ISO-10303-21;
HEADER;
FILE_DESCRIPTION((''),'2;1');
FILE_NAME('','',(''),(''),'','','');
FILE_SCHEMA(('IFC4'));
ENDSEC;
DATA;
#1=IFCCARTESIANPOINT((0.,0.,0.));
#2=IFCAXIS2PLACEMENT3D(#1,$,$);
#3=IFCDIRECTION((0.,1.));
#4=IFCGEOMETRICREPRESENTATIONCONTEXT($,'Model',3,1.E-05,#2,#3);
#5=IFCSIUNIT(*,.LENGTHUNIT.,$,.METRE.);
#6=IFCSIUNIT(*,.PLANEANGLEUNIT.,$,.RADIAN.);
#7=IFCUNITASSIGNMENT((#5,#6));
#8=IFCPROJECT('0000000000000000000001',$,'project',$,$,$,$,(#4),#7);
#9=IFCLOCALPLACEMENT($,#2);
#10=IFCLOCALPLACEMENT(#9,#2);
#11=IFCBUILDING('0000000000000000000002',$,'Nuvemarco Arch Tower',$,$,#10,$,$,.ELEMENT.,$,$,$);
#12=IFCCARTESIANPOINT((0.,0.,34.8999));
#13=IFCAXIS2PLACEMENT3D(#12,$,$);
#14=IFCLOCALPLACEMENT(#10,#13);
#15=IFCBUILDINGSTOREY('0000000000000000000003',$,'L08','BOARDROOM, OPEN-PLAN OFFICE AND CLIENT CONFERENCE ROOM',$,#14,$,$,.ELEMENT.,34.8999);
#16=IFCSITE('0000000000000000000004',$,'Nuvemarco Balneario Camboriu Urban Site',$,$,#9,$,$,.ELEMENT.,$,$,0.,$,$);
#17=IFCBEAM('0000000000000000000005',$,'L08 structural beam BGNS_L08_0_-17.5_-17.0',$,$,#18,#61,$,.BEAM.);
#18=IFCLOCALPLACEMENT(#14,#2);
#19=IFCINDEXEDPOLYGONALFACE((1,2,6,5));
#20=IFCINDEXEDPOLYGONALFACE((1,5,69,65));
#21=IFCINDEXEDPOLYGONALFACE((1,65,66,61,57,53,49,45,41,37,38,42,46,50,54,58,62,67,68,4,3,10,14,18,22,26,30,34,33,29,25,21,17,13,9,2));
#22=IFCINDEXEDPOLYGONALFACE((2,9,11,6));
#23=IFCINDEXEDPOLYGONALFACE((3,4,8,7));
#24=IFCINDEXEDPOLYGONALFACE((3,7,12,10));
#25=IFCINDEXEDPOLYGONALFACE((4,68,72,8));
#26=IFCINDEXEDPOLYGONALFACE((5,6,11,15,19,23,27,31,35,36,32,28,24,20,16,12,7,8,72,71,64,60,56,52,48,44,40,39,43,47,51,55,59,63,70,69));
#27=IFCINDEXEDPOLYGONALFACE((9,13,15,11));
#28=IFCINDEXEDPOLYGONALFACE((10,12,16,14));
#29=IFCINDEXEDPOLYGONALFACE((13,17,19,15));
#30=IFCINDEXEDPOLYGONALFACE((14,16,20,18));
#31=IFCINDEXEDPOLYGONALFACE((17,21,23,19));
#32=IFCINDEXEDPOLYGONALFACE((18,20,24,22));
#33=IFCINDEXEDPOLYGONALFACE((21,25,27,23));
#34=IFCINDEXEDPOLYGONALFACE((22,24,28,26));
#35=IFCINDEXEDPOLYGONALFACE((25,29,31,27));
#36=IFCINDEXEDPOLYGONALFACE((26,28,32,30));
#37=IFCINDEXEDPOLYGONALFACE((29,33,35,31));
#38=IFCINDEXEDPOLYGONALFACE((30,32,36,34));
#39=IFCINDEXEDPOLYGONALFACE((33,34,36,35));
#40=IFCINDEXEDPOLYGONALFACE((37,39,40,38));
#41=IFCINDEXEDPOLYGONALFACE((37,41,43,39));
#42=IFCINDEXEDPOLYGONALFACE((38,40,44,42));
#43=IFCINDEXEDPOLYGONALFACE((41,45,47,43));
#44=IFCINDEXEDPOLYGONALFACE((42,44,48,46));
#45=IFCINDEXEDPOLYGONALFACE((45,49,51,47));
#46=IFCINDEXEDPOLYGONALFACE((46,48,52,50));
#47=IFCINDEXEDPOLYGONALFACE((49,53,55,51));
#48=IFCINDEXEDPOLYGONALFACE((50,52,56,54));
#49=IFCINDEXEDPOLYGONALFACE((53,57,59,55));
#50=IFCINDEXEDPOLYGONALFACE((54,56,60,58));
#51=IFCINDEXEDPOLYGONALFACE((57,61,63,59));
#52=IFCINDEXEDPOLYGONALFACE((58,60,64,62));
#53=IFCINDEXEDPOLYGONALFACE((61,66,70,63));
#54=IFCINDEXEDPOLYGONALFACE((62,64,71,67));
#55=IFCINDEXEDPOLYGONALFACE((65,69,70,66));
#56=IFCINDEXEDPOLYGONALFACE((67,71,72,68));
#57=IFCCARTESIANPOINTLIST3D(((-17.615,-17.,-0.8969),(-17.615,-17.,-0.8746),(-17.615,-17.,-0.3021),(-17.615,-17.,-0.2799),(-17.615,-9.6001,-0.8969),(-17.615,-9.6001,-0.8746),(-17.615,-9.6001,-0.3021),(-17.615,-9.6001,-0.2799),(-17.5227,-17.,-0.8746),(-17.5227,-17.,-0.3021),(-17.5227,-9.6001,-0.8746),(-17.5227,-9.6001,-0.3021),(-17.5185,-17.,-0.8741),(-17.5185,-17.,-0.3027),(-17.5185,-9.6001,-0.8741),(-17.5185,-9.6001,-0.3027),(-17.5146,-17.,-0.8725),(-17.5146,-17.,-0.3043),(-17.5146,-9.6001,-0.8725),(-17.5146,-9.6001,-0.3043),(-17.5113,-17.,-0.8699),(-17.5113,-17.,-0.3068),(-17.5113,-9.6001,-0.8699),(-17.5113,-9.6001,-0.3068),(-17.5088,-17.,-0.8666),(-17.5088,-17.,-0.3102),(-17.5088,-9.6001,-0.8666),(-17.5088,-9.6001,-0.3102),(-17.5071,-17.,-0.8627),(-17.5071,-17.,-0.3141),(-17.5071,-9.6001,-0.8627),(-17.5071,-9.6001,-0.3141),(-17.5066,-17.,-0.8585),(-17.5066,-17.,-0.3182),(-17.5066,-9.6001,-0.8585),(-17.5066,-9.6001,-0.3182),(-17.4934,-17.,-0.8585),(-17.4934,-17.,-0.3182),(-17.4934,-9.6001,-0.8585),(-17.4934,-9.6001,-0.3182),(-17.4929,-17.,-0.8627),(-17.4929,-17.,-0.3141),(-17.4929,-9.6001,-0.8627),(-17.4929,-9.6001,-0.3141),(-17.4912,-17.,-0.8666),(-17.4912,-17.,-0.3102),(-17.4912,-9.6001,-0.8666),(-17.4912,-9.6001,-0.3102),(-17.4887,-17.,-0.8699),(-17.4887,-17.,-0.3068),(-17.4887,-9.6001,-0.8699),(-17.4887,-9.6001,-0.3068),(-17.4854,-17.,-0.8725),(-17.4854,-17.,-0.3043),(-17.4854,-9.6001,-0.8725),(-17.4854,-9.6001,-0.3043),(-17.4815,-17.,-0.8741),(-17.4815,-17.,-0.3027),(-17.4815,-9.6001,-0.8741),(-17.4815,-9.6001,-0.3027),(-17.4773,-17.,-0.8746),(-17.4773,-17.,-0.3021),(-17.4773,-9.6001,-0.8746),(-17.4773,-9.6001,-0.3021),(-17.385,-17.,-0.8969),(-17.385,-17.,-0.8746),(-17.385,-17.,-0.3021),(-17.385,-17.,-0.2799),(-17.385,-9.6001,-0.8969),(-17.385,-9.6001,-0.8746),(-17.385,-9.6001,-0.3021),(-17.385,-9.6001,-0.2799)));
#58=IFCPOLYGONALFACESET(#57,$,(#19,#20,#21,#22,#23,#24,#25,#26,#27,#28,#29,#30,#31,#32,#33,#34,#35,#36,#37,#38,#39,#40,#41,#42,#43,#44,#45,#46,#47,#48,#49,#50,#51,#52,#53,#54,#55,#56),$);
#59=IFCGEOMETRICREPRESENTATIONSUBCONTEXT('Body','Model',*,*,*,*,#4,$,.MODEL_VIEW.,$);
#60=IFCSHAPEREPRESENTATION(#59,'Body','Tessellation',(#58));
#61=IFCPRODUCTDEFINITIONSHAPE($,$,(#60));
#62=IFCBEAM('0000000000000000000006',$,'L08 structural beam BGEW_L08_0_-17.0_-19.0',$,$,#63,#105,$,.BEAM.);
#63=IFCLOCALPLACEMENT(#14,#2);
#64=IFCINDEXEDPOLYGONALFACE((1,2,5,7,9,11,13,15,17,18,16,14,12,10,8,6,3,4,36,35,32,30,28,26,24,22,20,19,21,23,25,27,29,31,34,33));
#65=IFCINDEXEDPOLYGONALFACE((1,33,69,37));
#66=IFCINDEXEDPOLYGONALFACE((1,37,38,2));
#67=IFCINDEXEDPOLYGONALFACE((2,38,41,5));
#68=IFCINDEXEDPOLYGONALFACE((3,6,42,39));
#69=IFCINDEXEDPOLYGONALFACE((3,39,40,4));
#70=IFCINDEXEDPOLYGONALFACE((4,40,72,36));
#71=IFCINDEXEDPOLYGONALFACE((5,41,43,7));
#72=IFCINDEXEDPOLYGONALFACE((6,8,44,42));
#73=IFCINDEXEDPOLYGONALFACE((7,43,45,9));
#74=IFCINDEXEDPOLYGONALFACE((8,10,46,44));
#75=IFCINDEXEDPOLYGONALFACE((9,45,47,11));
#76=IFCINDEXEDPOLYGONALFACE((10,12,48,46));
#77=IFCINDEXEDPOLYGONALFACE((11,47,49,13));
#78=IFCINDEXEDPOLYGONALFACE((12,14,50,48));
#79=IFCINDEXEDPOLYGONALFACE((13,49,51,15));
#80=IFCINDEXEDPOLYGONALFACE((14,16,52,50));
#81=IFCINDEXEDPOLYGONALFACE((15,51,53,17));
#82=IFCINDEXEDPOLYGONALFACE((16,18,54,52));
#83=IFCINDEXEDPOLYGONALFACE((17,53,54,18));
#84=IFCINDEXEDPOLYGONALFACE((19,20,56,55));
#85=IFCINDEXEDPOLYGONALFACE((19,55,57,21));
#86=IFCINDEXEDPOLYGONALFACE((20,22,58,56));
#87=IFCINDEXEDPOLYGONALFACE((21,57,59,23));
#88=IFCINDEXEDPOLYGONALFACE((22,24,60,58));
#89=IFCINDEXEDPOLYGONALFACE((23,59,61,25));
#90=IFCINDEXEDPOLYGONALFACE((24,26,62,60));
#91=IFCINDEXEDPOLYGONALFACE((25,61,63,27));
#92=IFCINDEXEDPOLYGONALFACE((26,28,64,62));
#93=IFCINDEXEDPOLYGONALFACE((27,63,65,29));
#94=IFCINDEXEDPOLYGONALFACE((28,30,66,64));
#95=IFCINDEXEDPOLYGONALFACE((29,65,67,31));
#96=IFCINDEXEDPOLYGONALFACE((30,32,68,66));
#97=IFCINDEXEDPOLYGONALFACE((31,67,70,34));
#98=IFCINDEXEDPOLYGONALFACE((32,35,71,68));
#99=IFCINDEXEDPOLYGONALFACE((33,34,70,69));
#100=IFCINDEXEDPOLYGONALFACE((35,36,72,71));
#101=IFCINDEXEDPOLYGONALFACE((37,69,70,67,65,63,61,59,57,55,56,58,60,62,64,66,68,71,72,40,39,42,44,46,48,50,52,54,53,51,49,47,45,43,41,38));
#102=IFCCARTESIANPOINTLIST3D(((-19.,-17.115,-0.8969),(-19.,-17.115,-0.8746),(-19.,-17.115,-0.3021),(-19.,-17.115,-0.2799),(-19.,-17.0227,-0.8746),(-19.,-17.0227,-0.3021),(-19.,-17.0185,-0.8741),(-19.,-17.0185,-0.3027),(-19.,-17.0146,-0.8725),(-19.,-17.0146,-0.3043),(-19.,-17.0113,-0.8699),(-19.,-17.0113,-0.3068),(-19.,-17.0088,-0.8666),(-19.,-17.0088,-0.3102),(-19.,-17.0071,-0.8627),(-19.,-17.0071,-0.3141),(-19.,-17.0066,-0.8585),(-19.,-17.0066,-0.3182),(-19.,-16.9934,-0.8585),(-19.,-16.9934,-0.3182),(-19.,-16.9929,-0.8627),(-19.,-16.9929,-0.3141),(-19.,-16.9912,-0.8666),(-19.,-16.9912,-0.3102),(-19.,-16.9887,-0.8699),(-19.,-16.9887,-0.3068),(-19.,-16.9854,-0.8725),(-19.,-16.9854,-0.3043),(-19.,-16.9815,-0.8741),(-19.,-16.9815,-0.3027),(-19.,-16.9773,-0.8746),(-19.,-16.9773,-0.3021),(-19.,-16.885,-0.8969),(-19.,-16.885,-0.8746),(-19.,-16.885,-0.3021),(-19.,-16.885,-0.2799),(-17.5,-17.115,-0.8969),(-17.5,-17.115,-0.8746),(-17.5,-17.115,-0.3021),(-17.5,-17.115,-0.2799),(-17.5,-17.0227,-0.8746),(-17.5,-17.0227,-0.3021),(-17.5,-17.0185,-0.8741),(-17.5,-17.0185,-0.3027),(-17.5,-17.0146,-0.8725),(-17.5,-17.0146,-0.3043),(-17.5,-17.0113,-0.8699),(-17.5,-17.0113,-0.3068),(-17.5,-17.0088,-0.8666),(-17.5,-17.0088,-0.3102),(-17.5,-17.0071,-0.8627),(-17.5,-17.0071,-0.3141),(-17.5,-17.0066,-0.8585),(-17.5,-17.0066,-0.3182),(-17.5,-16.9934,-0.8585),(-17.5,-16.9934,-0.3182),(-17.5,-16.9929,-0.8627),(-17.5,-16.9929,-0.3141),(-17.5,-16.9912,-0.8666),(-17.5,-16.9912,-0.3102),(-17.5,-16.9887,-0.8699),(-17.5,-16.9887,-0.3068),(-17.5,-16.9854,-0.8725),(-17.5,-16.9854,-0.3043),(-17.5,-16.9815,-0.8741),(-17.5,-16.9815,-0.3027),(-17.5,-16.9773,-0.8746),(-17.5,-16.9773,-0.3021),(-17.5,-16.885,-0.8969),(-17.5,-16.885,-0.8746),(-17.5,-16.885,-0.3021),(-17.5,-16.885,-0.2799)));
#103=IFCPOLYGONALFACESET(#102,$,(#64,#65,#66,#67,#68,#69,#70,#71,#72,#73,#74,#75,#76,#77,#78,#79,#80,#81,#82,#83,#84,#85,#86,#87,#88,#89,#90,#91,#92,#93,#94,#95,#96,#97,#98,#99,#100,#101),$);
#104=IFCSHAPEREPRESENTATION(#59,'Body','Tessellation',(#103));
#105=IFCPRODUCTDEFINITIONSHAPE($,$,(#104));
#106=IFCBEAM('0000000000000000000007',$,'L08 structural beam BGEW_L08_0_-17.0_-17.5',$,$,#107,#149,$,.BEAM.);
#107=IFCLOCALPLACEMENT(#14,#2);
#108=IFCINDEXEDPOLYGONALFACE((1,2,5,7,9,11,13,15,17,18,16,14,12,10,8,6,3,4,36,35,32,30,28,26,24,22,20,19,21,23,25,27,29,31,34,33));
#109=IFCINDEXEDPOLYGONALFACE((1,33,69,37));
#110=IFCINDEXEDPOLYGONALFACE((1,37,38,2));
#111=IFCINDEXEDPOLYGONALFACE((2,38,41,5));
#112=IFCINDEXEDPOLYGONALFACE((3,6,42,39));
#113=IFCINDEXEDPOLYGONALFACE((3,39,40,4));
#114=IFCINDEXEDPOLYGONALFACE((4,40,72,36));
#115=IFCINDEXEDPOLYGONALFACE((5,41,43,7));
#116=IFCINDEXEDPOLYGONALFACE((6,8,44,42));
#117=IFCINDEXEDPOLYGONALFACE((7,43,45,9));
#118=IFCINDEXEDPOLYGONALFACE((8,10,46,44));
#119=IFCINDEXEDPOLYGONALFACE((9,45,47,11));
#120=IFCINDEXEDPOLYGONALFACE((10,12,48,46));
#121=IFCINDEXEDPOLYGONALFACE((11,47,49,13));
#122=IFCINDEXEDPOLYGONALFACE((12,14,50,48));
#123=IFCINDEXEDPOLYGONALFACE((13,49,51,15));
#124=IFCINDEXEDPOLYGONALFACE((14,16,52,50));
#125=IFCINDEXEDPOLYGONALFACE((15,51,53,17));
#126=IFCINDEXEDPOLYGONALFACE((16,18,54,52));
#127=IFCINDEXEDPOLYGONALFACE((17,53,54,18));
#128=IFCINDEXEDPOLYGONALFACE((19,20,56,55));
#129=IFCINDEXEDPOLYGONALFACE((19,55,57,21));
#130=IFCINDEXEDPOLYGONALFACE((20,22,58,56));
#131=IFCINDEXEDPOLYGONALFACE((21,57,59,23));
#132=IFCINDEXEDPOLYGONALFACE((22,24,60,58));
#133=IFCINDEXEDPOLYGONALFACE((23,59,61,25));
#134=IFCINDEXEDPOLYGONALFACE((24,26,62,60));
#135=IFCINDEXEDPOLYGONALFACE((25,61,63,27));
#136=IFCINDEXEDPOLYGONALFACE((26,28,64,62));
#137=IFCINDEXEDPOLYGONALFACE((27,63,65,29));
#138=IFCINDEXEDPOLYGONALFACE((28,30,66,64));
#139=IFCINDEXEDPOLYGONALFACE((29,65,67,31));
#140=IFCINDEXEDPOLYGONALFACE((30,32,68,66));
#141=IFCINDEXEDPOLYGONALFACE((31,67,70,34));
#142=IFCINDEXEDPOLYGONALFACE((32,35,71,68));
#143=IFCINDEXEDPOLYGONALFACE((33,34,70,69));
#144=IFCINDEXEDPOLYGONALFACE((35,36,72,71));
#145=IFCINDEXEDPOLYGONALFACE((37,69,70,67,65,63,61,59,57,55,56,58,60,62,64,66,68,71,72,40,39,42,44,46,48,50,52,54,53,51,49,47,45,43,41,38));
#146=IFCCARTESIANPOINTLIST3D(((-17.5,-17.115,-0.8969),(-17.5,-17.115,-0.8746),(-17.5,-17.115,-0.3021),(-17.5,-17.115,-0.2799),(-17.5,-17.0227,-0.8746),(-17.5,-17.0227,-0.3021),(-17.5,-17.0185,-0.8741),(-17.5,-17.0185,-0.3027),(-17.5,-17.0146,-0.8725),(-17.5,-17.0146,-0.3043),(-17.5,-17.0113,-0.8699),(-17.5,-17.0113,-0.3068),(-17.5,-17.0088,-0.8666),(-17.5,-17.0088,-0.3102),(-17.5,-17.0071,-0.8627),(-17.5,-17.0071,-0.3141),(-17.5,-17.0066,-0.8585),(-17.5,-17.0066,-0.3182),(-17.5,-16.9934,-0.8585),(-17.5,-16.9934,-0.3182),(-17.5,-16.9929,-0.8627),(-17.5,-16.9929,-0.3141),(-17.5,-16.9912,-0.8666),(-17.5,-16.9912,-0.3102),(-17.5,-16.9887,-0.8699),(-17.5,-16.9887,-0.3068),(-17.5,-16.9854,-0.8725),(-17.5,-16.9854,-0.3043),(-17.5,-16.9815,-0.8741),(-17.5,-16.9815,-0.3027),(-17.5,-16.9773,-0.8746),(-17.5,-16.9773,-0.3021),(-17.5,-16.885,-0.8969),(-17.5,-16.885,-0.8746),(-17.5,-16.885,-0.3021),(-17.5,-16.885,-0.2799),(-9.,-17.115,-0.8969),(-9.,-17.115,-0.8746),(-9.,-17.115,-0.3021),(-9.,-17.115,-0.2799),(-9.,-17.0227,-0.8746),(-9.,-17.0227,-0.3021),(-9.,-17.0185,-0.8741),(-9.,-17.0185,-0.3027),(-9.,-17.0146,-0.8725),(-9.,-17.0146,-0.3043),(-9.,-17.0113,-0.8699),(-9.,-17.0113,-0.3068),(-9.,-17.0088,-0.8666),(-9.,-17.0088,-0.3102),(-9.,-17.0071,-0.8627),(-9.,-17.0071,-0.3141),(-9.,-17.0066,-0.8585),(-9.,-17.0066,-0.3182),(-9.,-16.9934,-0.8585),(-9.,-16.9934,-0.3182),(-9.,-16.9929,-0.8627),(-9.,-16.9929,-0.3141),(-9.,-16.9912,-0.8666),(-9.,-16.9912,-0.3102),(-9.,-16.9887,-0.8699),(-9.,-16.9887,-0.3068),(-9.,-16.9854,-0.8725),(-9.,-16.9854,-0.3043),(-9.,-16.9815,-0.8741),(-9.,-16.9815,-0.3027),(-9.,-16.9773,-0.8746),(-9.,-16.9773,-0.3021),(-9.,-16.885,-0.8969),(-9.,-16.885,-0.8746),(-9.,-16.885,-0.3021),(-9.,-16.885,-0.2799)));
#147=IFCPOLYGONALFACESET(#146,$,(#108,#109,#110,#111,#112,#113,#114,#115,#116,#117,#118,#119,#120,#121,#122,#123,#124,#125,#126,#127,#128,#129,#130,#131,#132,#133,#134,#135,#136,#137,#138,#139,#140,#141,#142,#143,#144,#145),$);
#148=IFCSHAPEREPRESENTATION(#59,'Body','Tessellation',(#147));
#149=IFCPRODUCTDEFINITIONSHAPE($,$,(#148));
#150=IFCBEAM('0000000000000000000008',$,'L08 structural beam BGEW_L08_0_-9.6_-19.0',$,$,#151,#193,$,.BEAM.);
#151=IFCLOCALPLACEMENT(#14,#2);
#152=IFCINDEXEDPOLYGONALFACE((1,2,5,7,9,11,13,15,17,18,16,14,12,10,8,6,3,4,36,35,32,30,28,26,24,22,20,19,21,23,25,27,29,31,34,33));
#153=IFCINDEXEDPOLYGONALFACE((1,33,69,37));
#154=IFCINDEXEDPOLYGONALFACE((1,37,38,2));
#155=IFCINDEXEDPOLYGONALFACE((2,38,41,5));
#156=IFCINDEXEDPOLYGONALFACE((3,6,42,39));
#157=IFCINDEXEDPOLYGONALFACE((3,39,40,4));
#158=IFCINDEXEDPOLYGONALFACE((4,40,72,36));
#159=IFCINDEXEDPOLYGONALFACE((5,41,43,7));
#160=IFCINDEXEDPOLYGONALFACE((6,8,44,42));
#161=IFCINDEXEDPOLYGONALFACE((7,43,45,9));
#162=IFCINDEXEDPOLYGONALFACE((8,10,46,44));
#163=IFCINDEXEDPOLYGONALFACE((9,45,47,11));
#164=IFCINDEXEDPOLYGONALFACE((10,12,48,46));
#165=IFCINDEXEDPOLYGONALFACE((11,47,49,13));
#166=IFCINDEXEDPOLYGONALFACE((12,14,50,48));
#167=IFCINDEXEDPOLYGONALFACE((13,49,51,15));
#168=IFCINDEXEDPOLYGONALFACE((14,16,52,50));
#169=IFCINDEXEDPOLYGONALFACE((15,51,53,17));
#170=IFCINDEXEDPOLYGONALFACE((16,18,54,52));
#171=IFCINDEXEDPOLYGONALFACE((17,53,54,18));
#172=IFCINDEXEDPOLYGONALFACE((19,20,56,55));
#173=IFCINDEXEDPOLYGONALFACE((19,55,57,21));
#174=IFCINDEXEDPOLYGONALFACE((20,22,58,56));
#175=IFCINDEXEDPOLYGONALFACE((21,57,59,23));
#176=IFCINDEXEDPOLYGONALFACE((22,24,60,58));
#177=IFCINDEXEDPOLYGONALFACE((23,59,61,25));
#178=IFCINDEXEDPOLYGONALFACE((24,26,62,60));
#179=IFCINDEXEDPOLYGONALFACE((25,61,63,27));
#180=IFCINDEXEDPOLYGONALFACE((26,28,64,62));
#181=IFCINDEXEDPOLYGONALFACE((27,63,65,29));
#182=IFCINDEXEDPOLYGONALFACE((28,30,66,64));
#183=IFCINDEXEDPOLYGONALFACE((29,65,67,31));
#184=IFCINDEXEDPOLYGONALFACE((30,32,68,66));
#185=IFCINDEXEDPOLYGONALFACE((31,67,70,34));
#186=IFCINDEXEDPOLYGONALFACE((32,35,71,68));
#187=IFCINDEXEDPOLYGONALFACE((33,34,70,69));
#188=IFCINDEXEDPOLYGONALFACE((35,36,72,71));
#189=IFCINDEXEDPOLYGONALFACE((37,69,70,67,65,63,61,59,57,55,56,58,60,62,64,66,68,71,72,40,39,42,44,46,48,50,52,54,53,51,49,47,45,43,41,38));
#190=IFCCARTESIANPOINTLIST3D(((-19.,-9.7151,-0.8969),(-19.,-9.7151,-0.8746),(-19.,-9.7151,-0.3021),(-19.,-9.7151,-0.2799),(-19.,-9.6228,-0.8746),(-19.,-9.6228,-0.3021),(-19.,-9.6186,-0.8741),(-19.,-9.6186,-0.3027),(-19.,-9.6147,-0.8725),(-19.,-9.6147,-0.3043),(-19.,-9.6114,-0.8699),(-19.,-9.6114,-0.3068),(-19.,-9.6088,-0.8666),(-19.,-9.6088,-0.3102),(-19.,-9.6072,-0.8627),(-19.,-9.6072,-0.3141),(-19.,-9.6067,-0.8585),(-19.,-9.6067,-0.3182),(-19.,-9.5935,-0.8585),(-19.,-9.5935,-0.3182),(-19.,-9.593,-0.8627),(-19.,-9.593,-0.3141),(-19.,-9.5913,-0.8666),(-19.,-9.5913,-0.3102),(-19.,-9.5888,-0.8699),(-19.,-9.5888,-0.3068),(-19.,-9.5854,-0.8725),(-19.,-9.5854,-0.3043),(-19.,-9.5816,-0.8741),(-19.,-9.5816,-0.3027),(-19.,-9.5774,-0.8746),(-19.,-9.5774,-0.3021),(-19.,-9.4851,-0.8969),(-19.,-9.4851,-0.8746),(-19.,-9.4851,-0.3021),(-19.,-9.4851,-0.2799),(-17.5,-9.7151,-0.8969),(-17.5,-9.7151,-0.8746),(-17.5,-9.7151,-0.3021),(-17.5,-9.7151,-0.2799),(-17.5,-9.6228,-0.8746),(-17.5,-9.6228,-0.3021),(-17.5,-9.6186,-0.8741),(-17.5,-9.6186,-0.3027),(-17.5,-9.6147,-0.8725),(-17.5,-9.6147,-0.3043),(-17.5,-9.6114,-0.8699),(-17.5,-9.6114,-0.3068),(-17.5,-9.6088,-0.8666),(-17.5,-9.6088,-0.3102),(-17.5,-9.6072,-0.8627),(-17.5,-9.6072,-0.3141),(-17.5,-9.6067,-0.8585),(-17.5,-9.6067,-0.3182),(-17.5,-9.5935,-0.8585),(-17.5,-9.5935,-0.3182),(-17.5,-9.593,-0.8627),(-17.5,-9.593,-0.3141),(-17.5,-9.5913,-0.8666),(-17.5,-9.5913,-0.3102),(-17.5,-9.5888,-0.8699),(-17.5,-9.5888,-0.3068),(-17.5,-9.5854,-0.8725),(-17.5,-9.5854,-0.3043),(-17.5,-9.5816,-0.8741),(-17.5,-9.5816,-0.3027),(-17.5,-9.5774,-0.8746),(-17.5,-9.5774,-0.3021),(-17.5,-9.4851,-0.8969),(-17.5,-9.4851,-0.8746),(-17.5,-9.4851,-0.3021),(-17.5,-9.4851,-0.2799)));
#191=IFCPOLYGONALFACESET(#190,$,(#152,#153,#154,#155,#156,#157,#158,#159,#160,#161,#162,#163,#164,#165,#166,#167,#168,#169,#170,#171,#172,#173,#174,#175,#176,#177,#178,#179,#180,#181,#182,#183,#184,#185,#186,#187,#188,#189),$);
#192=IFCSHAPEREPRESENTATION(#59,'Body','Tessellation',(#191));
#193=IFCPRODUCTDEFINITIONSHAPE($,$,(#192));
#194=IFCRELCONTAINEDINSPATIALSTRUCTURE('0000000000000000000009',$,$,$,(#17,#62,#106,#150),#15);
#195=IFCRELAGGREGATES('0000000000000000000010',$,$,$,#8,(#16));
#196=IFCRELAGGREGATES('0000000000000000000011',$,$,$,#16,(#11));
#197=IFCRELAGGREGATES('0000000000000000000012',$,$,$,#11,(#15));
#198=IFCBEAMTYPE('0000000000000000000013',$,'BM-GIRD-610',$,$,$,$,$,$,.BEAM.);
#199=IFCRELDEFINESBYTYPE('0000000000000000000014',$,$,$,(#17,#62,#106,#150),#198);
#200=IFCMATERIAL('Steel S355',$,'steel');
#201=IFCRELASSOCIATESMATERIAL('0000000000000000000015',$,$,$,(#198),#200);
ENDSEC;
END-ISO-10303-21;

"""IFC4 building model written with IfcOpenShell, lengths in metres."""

from ifc_helpers import new_model, si_unit, direction, frame, origin, origin_2d, place, context, subcontext, project, spatial, i_section, extrude, material, material_profile, profile_set, type_object, element, save


model = new_model("IFC4")

# Units and contexts
model_context = context("Model", 3, precision=1e-05, world=origin(), true_north=direction((0.0, 1.0)))
body_context = subcontext(model_context, "Body", "Model", "MODEL_VIEW")
ifc_project = project(units=[si_unit("LENGTHUNIT", "METRE"), si_unit("PLANEANGLEUNIT", "RADIAN")], contexts=[model_context])

# Site, building, storey
site_placement = place(None, origin())
site = spatial("IfcSite", under=ifc_project, at=site_placement, Name="Nuvemarco Balneario Camboriu Urban Site", CompositionType="ELEMENT", RefElevation=0.0)
building_placement = place(site_placement, origin())
building = spatial("IfcBuilding", under=site, at=building_placement, Name="Nuvemarco Arch Tower", CompositionType="ELEMENT")
storey_placement = place(building_placement, frame((0.0, 0.0, 34.8999)))
storey = spatial("IfcBuildingStorey", under=building, at=storey_placement, Name="L08", Description="BOARDROOM, OPEN-PLAN OFFICE AND CLIENT CONFERENCE ROOM", CompositionType="ELEMENT", Elevation=34.8999)

# Shared definitions
ifc_material_1 = material(Name="Steel S355", Category="steel")

# Beams
ifc_material_profile_1 = material_profile(ifc_material_1, i_section(OverallWidth=0.23, OverallDepth=0.6169, WebThickness=0.0132, FlangeThickness=0.0222, FilletRadius=0.0161, at=origin_2d()), Name="W610x140")
ifc_profile_set_1 = profile_set([ifc_material_profile_1], Name="Steel S355")
beam_type_1 = type_object("IfcBeamType", Name="BM-GIRD-610", PredefinedType="BEAM", material=ifc_profile_set_1)
beam_1_placement = place(storey_placement, frame((-17.5, -17.0, -0.5884), z_axis=(0.0, 1.0, 0.0), x_axis=(-1.0, 0.0, 0.0)))
element("IfcBeam", 1, at=beam_1_placement, inside=storey, type_object=beam_type_1, Name="L08 structural beam BGNS_L08_0_-17.5_-17.0", PredefinedType="BEAM", context=body_context, shape_type="SweptSolid", body=[
    extrude(i_section(OverallWidth=0.23, OverallDepth=0.6169, WebThickness=0.0132, FlangeThickness=0.0222, FilletRadius=0.0161, at=origin_2d()), origin(), (0.0, 0.0, 1.0), 7.3999),
])
beam_2_placement = place(storey_placement, frame((-19.0, -17.0, -0.5884), z_axis=(1.0, 0.0, 0.0), x_axis=(0.0, 1.0, 0.0)))
element("IfcBeam", 2, at=beam_2_placement, inside=storey, type_object=beam_type_1, Name="L08 structural beam BGEW_L08_0_-17.0_-19.0", PredefinedType="BEAM", context=body_context, shape_type="SweptSolid", body=[
    extrude(i_section(OverallWidth=0.23, OverallDepth=0.6169, WebThickness=0.0132, FlangeThickness=0.0222, FilletRadius=0.0161, at=origin_2d()), origin(), (0.0, 0.0, 1.0), 1.5),
])
beam_3_placement = place(storey_placement, frame((-17.5, -17.0, -0.5884), z_axis=(1.0, 0.0, 0.0), x_axis=(0.0, 1.0, 0.0)))
element("IfcBeam", 3, at=beam_3_placement, inside=storey, type_object=beam_type_1, Name="L08 structural beam BGEW_L08_0_-17.0_-17.5", PredefinedType="BEAM", context=body_context, shape_type="SweptSolid", body=[
    extrude(i_section(OverallWidth=0.23, OverallDepth=0.6169, WebThickness=0.0132, FlangeThickness=0.0222, FilletRadius=0.0161, at=origin_2d()), origin(), (0.0, 0.0, 1.0), 8.5),
])
beam_4_placement = place(storey_placement, frame((-19.0, -9.6001, -0.5884), z_axis=(1.0, 0.0, 0.0), x_axis=(0.0, 1.0, 0.0)))
element("IfcBeam", 4, at=beam_4_placement, inside=storey, type_object=beam_type_1, Name="L08 structural beam BGEW_L08_0_-9.6_-19.0", PredefinedType="BEAM", context=body_context, shape_type="SweptSolid", body=[
    extrude(i_section(OverallWidth=0.23, OverallDepth=0.6169, WebThickness=0.0132, FlangeThickness=0.0222, FilletRadius=0.0161, at=origin_2d()), origin(), (0.0, 0.0, 1.0), 1.5),
])

save(model, "model.ifc")
